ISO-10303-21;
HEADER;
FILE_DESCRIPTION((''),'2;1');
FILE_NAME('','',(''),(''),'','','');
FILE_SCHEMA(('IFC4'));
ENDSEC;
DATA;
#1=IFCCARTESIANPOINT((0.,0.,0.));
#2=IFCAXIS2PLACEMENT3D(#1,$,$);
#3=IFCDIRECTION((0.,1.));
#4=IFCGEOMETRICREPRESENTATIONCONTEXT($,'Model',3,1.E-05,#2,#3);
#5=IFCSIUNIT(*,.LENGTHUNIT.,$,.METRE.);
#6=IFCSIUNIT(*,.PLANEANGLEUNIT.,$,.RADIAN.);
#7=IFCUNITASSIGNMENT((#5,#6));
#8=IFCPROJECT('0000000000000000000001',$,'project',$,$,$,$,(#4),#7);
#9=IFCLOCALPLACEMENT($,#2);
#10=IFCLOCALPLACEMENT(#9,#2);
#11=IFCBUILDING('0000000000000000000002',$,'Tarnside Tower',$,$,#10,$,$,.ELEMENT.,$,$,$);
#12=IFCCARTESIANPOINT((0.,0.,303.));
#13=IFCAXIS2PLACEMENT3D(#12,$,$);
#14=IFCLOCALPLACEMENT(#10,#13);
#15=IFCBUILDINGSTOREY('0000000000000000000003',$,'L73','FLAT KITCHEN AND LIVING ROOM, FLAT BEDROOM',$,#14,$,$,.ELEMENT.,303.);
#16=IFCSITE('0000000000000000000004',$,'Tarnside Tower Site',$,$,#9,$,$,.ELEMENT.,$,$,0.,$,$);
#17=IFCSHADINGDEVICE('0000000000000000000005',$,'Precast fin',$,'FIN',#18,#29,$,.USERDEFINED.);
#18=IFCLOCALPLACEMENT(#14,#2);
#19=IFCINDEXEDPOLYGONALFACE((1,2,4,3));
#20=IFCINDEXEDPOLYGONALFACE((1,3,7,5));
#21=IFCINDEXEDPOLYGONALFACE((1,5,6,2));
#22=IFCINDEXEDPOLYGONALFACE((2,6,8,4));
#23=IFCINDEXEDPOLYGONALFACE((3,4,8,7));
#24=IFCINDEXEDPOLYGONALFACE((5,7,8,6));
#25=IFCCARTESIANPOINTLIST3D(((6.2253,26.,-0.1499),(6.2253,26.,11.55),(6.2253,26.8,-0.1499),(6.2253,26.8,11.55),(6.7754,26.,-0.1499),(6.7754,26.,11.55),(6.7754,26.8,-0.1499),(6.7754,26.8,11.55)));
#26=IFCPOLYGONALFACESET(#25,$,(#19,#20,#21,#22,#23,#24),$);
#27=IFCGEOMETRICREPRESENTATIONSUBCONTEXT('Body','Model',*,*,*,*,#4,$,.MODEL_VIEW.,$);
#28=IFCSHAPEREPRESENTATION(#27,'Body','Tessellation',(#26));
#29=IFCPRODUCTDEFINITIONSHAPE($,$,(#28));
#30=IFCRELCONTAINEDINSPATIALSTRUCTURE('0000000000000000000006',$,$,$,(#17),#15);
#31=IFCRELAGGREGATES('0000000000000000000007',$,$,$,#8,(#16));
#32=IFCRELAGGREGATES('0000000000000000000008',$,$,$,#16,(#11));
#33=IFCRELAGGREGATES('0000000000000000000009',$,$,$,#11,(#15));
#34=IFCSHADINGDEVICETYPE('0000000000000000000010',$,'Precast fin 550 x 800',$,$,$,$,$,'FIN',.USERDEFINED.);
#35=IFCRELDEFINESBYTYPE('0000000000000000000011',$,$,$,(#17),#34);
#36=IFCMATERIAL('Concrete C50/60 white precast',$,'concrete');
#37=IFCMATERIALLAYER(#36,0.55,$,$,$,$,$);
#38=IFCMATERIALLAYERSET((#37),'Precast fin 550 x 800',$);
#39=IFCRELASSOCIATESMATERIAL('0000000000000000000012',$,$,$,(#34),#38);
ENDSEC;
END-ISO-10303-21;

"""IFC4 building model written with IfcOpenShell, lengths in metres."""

from ifc_helpers import new_model, si_unit, direction, frame, origin, place, context, subcontext, project, spatial, polyline, outline, extrude, material, layer, layer_set, type_object, element, save


model = new_model("IFC4")

# Units and contexts
model_context = context("Model", 3, precision=1e-05, world=origin(), true_north=direction((0.0, 1.0)))
body_context = subcontext(model_context, "Body", "Model", "MODEL_VIEW")
ifc_project = project(units=[si_unit("LENGTHUNIT", "METRE"), si_unit("PLANEANGLEUNIT", "RADIAN")], contexts=[model_context])

# Site, building, storey
site_placement = place(None, origin())
site = spatial("IfcSite", under=ifc_project, at=site_placement, Name="Tarnside Tower Site", CompositionType="ELEMENT", RefElevation=0.0)
building_placement = place(site_placement, origin())
building = spatial("IfcBuilding", under=site, at=building_placement, Name="Tarnside Tower", CompositionType="ELEMENT")
storey_placement = place(building_placement, frame((0.0, 0.0, 303.0)))
storey = spatial("IfcBuildingStorey", under=building, at=storey_placement, Name="L73", Description="FLAT KITCHEN AND LIVING ROOM, FLAT BEDROOM", CompositionType="ELEMENT", Elevation=303.0)

# Shading device
ifc_material_1 = material(Name="Concrete C50/60 white precast", Category="concrete")
ifc_layer_1 = layer(ifc_material_1, 0.55)
ifc_layer_set_1 = layer_set([ifc_layer_1], Name="Precast fin 550 x 800")
shading_device_type_1 = type_object("IfcShadingDeviceType", Name="Precast fin 550 x 800", ElementType="FIN", PredefinedType="USERDEFINED", material=ifc_layer_set_1)
for number, where, z_axis, x_axis, name in (
    (1, (6.5002, 26.0, -0.1499), (1.0, 0.0, 0.0), (0.0, 1.0, 0.0), "Precast fin"),
):
    element("IfcShadingDevice", number, at=place(storey_placement, frame(where, z_axis=z_axis, x_axis=x_axis)), inside=storey, type_object=shading_device_type_1, Name=name, ObjectType="FIN", PredefinedType="USERDEFINED", context=body_context, shape_type="SweptSolid", body=[
        extrude(outline(polyline([(0.0, 0.0), (0.8, 0.0), (0.8, 11.7), (0.0, 11.7), (0.0, 0.0)])), frame((0.0, 0.0, -0.2749)), (0.0, 0.0, 1.0), 0.55),
    ])

save(model, "model.ifc")
